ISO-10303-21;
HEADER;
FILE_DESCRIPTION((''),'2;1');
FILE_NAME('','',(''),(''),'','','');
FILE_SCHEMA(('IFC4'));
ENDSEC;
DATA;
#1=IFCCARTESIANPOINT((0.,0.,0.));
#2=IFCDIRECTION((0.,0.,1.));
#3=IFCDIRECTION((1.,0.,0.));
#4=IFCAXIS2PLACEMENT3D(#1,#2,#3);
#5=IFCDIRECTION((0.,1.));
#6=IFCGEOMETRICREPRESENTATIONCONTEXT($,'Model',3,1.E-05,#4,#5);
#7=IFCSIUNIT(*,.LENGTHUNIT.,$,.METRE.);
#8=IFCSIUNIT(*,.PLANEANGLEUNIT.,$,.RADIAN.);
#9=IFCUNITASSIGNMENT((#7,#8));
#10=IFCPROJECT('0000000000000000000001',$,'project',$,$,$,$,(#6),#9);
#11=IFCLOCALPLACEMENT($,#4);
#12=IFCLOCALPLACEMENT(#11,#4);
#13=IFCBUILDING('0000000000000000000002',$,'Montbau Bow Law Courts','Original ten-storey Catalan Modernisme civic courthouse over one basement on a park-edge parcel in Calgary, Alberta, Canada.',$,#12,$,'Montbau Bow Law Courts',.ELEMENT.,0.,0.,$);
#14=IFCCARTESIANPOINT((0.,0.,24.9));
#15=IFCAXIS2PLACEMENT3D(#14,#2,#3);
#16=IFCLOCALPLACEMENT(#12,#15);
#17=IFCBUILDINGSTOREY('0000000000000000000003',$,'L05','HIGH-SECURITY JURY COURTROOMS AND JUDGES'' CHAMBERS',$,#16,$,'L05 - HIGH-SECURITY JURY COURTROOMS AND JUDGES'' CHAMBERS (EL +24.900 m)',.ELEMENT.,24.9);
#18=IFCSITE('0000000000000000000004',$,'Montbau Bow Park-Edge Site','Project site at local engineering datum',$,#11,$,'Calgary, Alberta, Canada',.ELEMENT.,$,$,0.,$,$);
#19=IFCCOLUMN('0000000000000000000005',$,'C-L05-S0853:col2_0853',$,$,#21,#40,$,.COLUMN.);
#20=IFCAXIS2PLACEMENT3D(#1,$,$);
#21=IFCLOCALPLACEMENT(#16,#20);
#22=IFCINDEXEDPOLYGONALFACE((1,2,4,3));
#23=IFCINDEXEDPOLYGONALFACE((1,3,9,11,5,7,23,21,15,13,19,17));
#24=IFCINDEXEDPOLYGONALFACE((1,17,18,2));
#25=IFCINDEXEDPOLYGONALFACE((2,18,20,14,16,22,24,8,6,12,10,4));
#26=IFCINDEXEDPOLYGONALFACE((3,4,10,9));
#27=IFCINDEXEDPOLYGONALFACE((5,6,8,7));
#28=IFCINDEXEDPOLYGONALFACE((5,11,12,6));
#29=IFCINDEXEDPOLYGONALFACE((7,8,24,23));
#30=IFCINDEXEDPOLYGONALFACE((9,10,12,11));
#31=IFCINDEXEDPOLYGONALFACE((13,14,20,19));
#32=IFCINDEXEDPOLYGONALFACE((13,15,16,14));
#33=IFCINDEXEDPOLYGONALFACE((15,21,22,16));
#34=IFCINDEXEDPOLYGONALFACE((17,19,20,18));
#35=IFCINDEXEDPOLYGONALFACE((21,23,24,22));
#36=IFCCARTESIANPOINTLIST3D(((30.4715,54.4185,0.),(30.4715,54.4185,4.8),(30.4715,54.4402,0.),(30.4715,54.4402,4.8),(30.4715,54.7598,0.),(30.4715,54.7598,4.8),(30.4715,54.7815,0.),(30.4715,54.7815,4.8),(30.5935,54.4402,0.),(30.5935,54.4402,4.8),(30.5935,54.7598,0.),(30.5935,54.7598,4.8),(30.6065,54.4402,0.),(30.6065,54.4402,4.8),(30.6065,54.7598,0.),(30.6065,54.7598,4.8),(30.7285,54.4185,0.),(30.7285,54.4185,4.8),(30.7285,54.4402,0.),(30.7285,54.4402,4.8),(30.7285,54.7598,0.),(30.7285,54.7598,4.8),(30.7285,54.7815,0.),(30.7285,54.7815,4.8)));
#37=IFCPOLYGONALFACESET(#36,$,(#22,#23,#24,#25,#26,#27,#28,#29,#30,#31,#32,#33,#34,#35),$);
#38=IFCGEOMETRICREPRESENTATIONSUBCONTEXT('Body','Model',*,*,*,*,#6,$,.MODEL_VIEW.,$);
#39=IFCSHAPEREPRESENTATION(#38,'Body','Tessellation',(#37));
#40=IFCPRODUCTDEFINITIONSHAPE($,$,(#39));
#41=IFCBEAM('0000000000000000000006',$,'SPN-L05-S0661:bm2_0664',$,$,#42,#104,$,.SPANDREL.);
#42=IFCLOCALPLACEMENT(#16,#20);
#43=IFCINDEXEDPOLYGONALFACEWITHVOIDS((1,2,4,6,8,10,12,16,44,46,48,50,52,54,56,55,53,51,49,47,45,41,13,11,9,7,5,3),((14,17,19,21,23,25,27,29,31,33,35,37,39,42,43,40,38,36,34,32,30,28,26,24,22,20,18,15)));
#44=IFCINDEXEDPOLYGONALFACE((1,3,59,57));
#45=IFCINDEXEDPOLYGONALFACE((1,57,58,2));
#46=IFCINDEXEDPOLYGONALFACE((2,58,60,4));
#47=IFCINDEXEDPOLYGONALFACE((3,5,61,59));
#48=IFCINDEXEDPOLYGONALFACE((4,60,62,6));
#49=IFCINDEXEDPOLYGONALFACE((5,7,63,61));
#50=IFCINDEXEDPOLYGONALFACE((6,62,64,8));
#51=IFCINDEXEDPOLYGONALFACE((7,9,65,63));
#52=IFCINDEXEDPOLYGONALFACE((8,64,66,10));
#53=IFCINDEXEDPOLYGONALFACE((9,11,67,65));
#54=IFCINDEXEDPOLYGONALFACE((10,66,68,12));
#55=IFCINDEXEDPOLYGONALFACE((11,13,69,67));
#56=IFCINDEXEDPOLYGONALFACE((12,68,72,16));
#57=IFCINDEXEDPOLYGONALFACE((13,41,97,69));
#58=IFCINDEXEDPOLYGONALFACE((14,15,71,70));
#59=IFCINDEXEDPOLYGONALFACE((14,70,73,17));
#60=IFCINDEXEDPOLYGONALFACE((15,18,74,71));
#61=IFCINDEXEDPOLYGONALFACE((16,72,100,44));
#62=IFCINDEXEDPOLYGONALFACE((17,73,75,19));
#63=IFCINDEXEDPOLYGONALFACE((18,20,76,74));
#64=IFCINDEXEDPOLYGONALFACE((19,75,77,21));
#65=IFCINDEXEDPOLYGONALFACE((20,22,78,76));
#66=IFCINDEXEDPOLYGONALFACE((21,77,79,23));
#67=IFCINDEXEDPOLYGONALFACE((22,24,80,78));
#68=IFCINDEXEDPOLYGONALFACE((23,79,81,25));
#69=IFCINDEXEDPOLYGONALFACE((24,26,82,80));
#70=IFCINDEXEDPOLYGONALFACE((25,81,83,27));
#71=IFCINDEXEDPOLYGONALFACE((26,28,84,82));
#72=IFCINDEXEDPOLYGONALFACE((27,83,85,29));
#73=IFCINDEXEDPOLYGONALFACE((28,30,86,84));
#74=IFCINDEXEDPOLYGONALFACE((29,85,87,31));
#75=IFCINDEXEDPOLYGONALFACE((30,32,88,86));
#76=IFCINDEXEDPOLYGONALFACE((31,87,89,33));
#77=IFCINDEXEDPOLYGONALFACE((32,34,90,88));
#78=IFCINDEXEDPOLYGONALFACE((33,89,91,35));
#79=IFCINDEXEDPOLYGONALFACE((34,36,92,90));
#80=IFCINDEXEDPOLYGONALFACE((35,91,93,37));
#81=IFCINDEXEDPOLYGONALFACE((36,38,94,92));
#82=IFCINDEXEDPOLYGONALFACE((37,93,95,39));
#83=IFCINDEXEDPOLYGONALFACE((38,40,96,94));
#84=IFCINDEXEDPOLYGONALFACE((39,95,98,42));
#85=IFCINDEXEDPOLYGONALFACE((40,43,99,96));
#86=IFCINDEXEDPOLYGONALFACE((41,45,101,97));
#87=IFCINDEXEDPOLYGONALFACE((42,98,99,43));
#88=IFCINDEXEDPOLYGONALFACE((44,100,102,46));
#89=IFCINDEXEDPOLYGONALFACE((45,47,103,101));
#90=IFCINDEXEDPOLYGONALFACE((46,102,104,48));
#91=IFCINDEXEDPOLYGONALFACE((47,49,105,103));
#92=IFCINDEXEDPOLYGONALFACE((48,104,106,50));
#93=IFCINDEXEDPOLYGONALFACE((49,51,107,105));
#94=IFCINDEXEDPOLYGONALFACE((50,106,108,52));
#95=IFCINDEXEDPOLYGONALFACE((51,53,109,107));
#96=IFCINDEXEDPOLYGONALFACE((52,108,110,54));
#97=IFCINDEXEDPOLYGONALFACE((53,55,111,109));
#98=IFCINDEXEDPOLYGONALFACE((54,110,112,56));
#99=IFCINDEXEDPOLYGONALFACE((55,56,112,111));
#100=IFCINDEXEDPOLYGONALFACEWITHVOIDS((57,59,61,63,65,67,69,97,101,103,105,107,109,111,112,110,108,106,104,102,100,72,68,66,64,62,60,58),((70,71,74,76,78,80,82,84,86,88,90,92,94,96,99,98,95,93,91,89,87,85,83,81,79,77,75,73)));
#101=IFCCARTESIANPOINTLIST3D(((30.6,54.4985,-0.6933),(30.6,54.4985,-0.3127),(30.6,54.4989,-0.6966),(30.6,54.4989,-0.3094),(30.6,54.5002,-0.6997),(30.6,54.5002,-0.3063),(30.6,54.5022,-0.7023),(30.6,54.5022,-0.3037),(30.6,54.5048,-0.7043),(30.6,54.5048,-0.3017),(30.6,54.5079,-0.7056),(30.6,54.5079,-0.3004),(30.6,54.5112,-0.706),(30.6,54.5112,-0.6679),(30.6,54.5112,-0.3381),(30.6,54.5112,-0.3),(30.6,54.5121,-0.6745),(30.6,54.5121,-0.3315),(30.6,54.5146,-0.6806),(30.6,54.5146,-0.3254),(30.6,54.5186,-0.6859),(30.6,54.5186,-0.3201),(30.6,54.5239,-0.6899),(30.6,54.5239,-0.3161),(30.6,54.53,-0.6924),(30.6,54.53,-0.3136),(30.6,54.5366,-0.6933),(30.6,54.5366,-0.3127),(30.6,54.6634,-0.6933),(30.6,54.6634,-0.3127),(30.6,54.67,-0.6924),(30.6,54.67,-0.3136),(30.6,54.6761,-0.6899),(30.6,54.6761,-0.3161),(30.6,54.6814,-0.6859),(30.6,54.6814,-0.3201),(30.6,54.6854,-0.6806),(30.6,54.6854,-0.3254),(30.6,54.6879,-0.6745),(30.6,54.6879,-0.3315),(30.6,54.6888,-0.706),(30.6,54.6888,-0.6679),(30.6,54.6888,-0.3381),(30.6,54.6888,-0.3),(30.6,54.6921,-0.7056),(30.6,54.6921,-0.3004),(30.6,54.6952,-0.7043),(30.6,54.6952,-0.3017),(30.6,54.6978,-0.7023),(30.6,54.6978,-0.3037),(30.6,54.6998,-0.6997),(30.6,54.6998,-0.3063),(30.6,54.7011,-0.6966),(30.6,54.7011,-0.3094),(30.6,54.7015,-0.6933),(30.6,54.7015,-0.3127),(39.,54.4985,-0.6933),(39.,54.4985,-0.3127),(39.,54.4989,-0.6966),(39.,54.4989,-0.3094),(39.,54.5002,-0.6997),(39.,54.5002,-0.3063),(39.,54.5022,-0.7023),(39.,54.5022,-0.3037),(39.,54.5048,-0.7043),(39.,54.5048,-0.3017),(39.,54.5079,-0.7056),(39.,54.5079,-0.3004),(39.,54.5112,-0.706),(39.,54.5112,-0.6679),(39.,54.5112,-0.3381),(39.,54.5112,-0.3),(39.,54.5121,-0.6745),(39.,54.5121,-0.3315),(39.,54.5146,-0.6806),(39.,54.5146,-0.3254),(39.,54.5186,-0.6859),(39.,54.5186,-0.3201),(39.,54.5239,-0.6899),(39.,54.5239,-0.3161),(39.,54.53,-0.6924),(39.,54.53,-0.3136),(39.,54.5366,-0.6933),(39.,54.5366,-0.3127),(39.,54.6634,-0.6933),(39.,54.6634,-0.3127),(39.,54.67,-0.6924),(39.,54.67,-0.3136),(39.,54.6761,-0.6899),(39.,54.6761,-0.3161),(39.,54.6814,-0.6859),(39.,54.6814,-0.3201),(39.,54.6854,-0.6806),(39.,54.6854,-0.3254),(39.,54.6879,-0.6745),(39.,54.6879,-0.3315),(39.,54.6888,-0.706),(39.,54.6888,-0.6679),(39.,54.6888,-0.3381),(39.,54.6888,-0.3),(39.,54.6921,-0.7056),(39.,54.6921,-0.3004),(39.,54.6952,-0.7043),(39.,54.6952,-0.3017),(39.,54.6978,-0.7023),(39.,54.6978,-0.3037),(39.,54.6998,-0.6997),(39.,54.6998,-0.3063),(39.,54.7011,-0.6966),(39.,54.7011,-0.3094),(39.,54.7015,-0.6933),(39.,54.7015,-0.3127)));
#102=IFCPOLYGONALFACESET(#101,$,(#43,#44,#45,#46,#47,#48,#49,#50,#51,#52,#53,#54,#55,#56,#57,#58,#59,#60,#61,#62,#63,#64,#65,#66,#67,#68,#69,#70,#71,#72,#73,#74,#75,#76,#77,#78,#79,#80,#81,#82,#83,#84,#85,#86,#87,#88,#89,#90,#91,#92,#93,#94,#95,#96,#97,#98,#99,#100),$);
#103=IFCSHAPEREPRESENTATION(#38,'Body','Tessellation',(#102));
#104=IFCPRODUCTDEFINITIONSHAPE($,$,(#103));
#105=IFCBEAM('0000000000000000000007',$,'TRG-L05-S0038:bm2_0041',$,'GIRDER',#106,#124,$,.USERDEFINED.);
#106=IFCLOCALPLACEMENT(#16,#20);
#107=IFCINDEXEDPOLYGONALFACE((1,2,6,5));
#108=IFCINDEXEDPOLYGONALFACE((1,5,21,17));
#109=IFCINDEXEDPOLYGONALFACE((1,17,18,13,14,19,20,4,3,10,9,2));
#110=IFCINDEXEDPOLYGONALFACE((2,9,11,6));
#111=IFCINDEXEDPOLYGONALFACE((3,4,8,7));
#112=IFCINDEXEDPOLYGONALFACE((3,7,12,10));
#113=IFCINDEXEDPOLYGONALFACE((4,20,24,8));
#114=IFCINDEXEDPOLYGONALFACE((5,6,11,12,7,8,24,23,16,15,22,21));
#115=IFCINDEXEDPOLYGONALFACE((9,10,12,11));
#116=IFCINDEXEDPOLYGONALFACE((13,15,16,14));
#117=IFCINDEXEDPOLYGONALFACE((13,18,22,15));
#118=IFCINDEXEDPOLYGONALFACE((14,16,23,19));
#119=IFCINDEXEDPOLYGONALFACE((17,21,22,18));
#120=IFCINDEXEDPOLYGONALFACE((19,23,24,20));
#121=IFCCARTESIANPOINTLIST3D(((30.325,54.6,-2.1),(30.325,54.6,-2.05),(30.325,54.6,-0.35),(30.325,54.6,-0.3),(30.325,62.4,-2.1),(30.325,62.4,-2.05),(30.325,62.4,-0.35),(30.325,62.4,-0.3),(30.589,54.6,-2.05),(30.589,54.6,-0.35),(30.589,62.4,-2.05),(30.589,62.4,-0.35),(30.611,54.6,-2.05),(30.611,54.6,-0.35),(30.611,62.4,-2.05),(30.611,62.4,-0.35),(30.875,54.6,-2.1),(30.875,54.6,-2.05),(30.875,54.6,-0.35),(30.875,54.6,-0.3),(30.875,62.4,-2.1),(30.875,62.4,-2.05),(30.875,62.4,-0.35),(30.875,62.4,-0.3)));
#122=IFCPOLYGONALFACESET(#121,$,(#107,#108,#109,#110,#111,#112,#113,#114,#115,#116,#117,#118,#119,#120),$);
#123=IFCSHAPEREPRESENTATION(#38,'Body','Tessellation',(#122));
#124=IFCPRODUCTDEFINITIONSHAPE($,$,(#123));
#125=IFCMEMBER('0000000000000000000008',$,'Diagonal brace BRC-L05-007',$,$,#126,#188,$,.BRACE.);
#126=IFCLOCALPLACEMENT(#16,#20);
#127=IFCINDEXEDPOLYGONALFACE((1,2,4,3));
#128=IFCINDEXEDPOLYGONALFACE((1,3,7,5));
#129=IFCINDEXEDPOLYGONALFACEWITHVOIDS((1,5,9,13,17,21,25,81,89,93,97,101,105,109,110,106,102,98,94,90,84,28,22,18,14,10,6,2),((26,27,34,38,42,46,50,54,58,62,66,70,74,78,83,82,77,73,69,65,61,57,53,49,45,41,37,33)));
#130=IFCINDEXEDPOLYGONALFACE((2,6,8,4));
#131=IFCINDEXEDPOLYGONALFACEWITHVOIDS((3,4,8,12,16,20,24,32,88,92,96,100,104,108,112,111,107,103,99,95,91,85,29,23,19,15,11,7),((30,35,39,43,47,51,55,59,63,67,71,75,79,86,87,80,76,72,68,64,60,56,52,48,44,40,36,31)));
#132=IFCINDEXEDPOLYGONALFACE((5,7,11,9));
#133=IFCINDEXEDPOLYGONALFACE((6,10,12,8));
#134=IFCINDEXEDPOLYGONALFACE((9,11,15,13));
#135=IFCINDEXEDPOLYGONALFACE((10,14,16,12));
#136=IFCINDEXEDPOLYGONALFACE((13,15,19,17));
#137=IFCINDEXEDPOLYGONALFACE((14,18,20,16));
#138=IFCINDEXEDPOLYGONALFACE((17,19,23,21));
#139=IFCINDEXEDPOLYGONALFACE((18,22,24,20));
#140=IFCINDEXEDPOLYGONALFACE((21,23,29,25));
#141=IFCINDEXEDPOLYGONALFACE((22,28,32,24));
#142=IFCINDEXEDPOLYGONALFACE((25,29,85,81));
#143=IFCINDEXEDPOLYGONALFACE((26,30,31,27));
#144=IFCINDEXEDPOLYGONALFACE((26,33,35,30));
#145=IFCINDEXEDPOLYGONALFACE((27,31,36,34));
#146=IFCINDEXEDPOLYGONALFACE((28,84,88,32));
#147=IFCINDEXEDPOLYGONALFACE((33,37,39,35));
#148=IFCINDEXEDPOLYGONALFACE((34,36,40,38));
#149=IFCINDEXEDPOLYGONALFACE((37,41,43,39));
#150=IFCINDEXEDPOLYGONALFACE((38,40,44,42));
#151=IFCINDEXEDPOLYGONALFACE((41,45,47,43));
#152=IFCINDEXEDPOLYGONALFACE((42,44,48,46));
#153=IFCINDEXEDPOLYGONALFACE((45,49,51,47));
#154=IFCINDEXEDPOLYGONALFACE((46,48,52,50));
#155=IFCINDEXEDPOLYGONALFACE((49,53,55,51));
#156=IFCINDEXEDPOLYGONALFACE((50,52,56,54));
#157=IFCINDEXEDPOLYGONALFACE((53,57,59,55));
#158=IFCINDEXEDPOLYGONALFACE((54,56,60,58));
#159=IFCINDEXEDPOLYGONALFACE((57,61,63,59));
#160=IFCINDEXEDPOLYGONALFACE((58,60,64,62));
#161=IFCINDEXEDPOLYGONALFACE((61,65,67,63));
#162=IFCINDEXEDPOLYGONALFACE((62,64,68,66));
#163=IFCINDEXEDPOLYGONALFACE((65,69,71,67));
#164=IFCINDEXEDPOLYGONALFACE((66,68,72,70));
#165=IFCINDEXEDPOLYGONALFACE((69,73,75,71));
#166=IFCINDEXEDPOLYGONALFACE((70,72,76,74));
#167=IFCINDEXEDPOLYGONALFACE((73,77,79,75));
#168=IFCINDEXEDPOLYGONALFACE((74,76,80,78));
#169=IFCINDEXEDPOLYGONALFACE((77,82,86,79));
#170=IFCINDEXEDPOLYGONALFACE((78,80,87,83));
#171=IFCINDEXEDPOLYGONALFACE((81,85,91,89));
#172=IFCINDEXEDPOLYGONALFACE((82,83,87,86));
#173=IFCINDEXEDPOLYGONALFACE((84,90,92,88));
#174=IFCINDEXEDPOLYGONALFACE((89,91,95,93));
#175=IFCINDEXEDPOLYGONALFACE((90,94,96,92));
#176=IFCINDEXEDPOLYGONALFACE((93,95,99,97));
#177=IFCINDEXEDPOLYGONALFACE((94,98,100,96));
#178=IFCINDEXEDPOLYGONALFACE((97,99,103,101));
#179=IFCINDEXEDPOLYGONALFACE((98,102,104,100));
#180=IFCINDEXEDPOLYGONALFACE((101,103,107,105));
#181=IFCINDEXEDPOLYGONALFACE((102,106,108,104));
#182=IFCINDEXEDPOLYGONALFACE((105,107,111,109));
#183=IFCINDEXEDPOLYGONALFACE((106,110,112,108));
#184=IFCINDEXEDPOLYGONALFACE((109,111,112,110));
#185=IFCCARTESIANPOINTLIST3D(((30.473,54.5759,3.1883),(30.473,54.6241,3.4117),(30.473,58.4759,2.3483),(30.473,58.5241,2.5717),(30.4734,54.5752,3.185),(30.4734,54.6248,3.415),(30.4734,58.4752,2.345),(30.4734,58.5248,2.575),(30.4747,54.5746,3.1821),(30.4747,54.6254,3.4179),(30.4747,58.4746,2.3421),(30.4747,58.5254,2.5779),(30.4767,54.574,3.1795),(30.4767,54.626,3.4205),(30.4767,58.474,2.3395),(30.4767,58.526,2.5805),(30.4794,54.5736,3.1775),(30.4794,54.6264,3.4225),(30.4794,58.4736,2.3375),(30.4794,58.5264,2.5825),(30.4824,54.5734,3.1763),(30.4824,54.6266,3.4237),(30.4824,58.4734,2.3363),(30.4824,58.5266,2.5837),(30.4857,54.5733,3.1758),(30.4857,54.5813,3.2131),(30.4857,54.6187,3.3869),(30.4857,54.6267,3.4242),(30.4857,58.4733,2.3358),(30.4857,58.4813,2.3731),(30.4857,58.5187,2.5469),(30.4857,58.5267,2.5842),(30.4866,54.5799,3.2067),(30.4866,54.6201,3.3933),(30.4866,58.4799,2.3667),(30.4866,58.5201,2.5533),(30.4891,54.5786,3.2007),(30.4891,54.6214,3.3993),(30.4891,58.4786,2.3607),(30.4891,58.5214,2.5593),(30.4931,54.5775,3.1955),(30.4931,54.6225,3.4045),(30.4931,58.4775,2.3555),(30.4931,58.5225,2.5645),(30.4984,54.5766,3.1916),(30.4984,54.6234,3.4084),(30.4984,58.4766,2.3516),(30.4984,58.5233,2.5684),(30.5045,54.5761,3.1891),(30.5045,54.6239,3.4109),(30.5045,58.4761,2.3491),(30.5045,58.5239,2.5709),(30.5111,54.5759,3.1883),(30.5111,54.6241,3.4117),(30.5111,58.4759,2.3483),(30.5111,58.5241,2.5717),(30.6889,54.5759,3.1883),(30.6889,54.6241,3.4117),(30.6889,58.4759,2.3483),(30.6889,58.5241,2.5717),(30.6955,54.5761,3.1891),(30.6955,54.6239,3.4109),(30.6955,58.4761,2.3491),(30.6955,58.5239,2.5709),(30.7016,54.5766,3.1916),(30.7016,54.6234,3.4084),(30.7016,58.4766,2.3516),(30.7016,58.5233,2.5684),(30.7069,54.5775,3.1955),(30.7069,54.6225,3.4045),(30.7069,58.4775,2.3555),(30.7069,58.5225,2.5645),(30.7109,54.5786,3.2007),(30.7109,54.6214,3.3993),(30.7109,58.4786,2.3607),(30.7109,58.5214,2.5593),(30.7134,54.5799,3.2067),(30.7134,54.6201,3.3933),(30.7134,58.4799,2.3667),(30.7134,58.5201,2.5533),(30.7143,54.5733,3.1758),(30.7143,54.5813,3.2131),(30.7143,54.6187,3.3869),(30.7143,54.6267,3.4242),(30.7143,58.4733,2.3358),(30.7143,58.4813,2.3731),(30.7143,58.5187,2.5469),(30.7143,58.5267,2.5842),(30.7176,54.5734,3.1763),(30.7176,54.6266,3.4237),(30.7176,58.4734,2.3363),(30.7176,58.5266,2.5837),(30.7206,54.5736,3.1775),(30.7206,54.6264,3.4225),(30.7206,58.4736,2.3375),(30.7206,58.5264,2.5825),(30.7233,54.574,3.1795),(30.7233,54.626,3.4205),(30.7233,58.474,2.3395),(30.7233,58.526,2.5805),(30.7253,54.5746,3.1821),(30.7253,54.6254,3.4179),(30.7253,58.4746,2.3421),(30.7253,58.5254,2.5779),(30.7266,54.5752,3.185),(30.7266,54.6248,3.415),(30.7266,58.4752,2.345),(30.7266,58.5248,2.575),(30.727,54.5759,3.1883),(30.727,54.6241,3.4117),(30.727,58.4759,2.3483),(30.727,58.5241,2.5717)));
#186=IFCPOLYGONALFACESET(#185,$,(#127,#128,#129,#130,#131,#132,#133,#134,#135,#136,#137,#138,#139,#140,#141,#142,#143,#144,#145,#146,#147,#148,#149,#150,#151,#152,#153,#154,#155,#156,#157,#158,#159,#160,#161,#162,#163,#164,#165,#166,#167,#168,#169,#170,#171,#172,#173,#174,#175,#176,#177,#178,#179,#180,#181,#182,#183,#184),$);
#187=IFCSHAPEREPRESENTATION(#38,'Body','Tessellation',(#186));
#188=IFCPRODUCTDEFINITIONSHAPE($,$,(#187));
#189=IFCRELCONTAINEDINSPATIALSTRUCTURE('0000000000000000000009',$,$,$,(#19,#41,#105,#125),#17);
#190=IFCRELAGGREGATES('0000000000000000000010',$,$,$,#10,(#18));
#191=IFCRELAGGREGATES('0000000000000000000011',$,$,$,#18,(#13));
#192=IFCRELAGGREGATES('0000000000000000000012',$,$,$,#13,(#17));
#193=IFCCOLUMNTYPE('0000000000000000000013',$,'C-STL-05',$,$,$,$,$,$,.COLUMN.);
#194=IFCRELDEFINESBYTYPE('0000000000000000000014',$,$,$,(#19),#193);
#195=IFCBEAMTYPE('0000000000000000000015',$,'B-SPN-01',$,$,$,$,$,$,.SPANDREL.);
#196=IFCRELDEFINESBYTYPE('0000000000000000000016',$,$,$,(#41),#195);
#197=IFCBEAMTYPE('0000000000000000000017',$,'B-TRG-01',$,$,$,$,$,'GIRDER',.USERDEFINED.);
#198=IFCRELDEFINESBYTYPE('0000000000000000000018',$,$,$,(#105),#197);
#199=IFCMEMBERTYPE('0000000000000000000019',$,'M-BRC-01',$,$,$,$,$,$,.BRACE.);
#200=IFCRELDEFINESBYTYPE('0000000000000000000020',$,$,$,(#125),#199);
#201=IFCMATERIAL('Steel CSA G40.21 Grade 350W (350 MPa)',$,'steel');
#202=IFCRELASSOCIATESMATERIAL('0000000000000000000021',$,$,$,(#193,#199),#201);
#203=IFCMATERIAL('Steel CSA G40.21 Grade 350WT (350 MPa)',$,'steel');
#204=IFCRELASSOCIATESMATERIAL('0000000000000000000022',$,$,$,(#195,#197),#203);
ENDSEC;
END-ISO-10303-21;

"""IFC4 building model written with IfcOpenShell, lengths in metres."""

from ifc_helpers import new_model, si_unit, direction, frame, origin_with_axes, origin_2d_with_axis, place, context, subcontext, project, spatial, hollow_rectangle, i_section, extrude, material, material_profile, profile_set, type_object, element, save


model = new_model("IFC4")

# Units and contexts
model_context = context("Model", 3, precision=1e-05, world=origin_with_axes(), true_north=direction((0.0, 1.0)))
body_context = subcontext(model_context, "Body", "Model", "MODEL_VIEW")
ifc_project = project(units=[si_unit("LENGTHUNIT", "METRE"), si_unit("PLANEANGLEUNIT", "RADIAN")], contexts=[model_context])

# Site, building, storey
site_placement = place(None, origin_with_axes())
site = spatial("IfcSite", under=ifc_project, at=site_placement, Name="Montbau Bow Park-Edge Site", Description="Project site at local engineering datum", LongName="Calgary, Alberta, Canada", CompositionType="ELEMENT", RefElevation=0.0)
building_placement = place(site_placement, origin_with_axes())
building = spatial("IfcBuilding", under=site, at=building_placement, Name="Montbau Bow Law Courts", Description="Original ten-storey Catalan Modernisme civic courthouse over one basement on a park-edge parcel in Calgary, Alberta, Canada.", LongName="Montbau Bow Law Courts", CompositionType="ELEMENT", ElevationOfRefHeight=0.0, ElevationOfTerrain=0.0)
storey_placement = place(building_placement, frame((0.0, 0.0, 24.9), z_axis=(0.0, 0.0, 1.0), x_axis=(1.0, 0.0, 0.0)))
storey = spatial("IfcBuildingStorey", under=building, at=storey_placement, Name="L05", Description="HIGH-SECURITY JURY COURTROOMS AND JUDGES' CHAMBERS", LongName="L05 - HIGH-SECURITY JURY COURTROOMS AND JUDGES' CHAMBERS (EL +24.900 m)", CompositionType="ELEMENT", Elevation=24.9)

# Column
ifc_material_1 = material(Name="Steel CSA G40.21 Grade 350W (350 MPa)", Category="steel")
ifc_material_profile_1 = material_profile(ifc_material_1, i_section(OverallWidth=0.257, OverallDepth=0.363, WebThickness=0.013, FlangeThickness=0.0217, at=origin_2d_with_axis()), Name="W360X122", Category="Main", Priority=0)
ifc_profile_set_1 = profile_set([ifc_material_profile_1], Name="Steel CSA G40.21 Grade 350W (350 MPa)")
column_type = type_object("IfcColumnType", Name="C-STL-05", PredefinedType="COLUMN", material=ifc_profile_set_1)
column_placement = place(None, frame((30.6, 54.6, 24.9), z_axis=(0.0, 0.0, 1.0), x_axis=(1.0, 0.0, 0.0)))
element("IfcColumn", 1, at=column_placement, inside=storey, type_object=column_type, Name="C-L05-S0853:col2_0853", PredefinedType="COLUMN", context=body_context, shape_type="SweptSolid", body=[
    extrude(i_section(OverallWidth=0.257, OverallDepth=0.363, WebThickness=0.013, FlangeThickness=0.0217, at=origin_2d_with_axis()), origin_with_axes(), (0.0, 0.0, 1.0), 4.8),
])

# Beams
ifc_material_2 = material(Name="Steel CSA G40.21 Grade 350WT (350 MPa)", Category="steel")
ifc_material_profile_2 = material_profile(ifc_material_2, hollow_rectangle(XDim=0.203, YDim=0.406, WallThickness=0.0127, InnerFilletRadius=0.0254, OuterFilletRadius=0.0127, at=origin_2d_with_axis()), Name="HSS406X203X13", Category="Main", Priority=0)
ifc_profile_set_2 = profile_set([ifc_material_profile_2], Name="Steel CSA G40.21 Grade 350WT (350 MPa)")
beam_type_1 = type_object("IfcBeamType", Name="B-SPN-01", PredefinedType="SPANDREL", material=ifc_profile_set_2)
beam_1_placement = place(None, frame((30.6, 54.6, 24.397), z_axis=(1.0, 0.0, 0.0), x_axis=(0.0, 1.0, 0.0)))
element("IfcBeam", 2, at=beam_1_placement, inside=storey, type_object=beam_type_1, Name="SPN-L05-S0661:bm2_0664", PredefinedType="SPANDREL", context=body_context, shape_type="SweptSolid", body=[
    extrude(hollow_rectangle(XDim=0.203, YDim=0.406, WallThickness=0.0127, InnerFilletRadius=0.0254, OuterFilletRadius=0.0127, at=origin_2d_with_axis()), origin_with_axes(), (0.0, 0.0, 1.0), 8.4),
])
ifc_material_profile_3 = material_profile(ifc_material_2, i_section(OverallWidth=0.55, OverallDepth=1.8, WebThickness=0.022, FlangeThickness=0.05, at=origin_2d_with_axis()), Name="WWF1800X550", Category="Main", Priority=0)
ifc_profile_set_3 = profile_set([ifc_material_profile_3], Name="Steel CSA G40.21 Grade 350WT (350 MPa)")
beam_type_2 = type_object("IfcBeamType", Name="B-TRG-01", ElementType="GIRDER", PredefinedType="USERDEFINED", material=ifc_profile_set_3)
beam_2_placement = place(None, frame((30.6, 54.6, 23.7), z_axis=(0.0, 1.0, 0.0), x_axis=(-1.0, 0.0, 0.0)))
element("IfcBeam", 3, at=beam_2_placement, inside=storey, type_object=beam_type_2, Name="TRG-L05-S0038:bm2_0041", ObjectType="GIRDER", PredefinedType="USERDEFINED", context=body_context, shape_type="SweptSolid", body=[
    extrude(i_section(OverallWidth=0.55, OverallDepth=1.8, WebThickness=0.022, FlangeThickness=0.05, at=origin_2d_with_axis()), origin_with_axes(), (0.0, 0.0, 1.0), 7.8),
])

# Member
ifc_material_profile_4 = material_profile(ifc_material_1, hollow_rectangle(XDim=0.254, YDim=0.254, WallThickness=0.0127, InnerFilletRadius=0.0254, OuterFilletRadius=0.0127, at=origin_2d_with_axis()), Name="HSS254X254X13", Category="Main", Priority=0)
ifc_profile_set_4 = profile_set([ifc_material_profile_4], Name="Steel CSA G40.21 Grade 350W (350 MPa)")
member_type_1 = type_object("IfcMemberType", Name="M-BRC-01", PredefinedType="BRACE", material=ifc_profile_set_4)
for number, where, z_axis, x_axis, name in (
    (4, (30.6, 54.6, 28.2), (0.0, 0.977582, -0.210556), (-1.0, 0.0, 0.0), "Diagonal brace BRC-L05-007"),
):
    element("IfcMember", number, at=place(None, frame(where, z_axis=z_axis, x_axis=x_axis)), inside=storey, type_object=member_type_1, Name=name, PredefinedType="BRACE", context=body_context, shape_type="SweptSolid", body=[
        extrude(hollow_rectangle(XDim=0.254, YDim=0.254, WallThickness=0.0127, InnerFilletRadius=0.0254, OuterFilletRadius=0.0127, at=origin_2d_with_axis()), origin_with_axes(), (0.0, 0.0, 1.0), 3.9894),
    ])

save(model, "model.ifc")
